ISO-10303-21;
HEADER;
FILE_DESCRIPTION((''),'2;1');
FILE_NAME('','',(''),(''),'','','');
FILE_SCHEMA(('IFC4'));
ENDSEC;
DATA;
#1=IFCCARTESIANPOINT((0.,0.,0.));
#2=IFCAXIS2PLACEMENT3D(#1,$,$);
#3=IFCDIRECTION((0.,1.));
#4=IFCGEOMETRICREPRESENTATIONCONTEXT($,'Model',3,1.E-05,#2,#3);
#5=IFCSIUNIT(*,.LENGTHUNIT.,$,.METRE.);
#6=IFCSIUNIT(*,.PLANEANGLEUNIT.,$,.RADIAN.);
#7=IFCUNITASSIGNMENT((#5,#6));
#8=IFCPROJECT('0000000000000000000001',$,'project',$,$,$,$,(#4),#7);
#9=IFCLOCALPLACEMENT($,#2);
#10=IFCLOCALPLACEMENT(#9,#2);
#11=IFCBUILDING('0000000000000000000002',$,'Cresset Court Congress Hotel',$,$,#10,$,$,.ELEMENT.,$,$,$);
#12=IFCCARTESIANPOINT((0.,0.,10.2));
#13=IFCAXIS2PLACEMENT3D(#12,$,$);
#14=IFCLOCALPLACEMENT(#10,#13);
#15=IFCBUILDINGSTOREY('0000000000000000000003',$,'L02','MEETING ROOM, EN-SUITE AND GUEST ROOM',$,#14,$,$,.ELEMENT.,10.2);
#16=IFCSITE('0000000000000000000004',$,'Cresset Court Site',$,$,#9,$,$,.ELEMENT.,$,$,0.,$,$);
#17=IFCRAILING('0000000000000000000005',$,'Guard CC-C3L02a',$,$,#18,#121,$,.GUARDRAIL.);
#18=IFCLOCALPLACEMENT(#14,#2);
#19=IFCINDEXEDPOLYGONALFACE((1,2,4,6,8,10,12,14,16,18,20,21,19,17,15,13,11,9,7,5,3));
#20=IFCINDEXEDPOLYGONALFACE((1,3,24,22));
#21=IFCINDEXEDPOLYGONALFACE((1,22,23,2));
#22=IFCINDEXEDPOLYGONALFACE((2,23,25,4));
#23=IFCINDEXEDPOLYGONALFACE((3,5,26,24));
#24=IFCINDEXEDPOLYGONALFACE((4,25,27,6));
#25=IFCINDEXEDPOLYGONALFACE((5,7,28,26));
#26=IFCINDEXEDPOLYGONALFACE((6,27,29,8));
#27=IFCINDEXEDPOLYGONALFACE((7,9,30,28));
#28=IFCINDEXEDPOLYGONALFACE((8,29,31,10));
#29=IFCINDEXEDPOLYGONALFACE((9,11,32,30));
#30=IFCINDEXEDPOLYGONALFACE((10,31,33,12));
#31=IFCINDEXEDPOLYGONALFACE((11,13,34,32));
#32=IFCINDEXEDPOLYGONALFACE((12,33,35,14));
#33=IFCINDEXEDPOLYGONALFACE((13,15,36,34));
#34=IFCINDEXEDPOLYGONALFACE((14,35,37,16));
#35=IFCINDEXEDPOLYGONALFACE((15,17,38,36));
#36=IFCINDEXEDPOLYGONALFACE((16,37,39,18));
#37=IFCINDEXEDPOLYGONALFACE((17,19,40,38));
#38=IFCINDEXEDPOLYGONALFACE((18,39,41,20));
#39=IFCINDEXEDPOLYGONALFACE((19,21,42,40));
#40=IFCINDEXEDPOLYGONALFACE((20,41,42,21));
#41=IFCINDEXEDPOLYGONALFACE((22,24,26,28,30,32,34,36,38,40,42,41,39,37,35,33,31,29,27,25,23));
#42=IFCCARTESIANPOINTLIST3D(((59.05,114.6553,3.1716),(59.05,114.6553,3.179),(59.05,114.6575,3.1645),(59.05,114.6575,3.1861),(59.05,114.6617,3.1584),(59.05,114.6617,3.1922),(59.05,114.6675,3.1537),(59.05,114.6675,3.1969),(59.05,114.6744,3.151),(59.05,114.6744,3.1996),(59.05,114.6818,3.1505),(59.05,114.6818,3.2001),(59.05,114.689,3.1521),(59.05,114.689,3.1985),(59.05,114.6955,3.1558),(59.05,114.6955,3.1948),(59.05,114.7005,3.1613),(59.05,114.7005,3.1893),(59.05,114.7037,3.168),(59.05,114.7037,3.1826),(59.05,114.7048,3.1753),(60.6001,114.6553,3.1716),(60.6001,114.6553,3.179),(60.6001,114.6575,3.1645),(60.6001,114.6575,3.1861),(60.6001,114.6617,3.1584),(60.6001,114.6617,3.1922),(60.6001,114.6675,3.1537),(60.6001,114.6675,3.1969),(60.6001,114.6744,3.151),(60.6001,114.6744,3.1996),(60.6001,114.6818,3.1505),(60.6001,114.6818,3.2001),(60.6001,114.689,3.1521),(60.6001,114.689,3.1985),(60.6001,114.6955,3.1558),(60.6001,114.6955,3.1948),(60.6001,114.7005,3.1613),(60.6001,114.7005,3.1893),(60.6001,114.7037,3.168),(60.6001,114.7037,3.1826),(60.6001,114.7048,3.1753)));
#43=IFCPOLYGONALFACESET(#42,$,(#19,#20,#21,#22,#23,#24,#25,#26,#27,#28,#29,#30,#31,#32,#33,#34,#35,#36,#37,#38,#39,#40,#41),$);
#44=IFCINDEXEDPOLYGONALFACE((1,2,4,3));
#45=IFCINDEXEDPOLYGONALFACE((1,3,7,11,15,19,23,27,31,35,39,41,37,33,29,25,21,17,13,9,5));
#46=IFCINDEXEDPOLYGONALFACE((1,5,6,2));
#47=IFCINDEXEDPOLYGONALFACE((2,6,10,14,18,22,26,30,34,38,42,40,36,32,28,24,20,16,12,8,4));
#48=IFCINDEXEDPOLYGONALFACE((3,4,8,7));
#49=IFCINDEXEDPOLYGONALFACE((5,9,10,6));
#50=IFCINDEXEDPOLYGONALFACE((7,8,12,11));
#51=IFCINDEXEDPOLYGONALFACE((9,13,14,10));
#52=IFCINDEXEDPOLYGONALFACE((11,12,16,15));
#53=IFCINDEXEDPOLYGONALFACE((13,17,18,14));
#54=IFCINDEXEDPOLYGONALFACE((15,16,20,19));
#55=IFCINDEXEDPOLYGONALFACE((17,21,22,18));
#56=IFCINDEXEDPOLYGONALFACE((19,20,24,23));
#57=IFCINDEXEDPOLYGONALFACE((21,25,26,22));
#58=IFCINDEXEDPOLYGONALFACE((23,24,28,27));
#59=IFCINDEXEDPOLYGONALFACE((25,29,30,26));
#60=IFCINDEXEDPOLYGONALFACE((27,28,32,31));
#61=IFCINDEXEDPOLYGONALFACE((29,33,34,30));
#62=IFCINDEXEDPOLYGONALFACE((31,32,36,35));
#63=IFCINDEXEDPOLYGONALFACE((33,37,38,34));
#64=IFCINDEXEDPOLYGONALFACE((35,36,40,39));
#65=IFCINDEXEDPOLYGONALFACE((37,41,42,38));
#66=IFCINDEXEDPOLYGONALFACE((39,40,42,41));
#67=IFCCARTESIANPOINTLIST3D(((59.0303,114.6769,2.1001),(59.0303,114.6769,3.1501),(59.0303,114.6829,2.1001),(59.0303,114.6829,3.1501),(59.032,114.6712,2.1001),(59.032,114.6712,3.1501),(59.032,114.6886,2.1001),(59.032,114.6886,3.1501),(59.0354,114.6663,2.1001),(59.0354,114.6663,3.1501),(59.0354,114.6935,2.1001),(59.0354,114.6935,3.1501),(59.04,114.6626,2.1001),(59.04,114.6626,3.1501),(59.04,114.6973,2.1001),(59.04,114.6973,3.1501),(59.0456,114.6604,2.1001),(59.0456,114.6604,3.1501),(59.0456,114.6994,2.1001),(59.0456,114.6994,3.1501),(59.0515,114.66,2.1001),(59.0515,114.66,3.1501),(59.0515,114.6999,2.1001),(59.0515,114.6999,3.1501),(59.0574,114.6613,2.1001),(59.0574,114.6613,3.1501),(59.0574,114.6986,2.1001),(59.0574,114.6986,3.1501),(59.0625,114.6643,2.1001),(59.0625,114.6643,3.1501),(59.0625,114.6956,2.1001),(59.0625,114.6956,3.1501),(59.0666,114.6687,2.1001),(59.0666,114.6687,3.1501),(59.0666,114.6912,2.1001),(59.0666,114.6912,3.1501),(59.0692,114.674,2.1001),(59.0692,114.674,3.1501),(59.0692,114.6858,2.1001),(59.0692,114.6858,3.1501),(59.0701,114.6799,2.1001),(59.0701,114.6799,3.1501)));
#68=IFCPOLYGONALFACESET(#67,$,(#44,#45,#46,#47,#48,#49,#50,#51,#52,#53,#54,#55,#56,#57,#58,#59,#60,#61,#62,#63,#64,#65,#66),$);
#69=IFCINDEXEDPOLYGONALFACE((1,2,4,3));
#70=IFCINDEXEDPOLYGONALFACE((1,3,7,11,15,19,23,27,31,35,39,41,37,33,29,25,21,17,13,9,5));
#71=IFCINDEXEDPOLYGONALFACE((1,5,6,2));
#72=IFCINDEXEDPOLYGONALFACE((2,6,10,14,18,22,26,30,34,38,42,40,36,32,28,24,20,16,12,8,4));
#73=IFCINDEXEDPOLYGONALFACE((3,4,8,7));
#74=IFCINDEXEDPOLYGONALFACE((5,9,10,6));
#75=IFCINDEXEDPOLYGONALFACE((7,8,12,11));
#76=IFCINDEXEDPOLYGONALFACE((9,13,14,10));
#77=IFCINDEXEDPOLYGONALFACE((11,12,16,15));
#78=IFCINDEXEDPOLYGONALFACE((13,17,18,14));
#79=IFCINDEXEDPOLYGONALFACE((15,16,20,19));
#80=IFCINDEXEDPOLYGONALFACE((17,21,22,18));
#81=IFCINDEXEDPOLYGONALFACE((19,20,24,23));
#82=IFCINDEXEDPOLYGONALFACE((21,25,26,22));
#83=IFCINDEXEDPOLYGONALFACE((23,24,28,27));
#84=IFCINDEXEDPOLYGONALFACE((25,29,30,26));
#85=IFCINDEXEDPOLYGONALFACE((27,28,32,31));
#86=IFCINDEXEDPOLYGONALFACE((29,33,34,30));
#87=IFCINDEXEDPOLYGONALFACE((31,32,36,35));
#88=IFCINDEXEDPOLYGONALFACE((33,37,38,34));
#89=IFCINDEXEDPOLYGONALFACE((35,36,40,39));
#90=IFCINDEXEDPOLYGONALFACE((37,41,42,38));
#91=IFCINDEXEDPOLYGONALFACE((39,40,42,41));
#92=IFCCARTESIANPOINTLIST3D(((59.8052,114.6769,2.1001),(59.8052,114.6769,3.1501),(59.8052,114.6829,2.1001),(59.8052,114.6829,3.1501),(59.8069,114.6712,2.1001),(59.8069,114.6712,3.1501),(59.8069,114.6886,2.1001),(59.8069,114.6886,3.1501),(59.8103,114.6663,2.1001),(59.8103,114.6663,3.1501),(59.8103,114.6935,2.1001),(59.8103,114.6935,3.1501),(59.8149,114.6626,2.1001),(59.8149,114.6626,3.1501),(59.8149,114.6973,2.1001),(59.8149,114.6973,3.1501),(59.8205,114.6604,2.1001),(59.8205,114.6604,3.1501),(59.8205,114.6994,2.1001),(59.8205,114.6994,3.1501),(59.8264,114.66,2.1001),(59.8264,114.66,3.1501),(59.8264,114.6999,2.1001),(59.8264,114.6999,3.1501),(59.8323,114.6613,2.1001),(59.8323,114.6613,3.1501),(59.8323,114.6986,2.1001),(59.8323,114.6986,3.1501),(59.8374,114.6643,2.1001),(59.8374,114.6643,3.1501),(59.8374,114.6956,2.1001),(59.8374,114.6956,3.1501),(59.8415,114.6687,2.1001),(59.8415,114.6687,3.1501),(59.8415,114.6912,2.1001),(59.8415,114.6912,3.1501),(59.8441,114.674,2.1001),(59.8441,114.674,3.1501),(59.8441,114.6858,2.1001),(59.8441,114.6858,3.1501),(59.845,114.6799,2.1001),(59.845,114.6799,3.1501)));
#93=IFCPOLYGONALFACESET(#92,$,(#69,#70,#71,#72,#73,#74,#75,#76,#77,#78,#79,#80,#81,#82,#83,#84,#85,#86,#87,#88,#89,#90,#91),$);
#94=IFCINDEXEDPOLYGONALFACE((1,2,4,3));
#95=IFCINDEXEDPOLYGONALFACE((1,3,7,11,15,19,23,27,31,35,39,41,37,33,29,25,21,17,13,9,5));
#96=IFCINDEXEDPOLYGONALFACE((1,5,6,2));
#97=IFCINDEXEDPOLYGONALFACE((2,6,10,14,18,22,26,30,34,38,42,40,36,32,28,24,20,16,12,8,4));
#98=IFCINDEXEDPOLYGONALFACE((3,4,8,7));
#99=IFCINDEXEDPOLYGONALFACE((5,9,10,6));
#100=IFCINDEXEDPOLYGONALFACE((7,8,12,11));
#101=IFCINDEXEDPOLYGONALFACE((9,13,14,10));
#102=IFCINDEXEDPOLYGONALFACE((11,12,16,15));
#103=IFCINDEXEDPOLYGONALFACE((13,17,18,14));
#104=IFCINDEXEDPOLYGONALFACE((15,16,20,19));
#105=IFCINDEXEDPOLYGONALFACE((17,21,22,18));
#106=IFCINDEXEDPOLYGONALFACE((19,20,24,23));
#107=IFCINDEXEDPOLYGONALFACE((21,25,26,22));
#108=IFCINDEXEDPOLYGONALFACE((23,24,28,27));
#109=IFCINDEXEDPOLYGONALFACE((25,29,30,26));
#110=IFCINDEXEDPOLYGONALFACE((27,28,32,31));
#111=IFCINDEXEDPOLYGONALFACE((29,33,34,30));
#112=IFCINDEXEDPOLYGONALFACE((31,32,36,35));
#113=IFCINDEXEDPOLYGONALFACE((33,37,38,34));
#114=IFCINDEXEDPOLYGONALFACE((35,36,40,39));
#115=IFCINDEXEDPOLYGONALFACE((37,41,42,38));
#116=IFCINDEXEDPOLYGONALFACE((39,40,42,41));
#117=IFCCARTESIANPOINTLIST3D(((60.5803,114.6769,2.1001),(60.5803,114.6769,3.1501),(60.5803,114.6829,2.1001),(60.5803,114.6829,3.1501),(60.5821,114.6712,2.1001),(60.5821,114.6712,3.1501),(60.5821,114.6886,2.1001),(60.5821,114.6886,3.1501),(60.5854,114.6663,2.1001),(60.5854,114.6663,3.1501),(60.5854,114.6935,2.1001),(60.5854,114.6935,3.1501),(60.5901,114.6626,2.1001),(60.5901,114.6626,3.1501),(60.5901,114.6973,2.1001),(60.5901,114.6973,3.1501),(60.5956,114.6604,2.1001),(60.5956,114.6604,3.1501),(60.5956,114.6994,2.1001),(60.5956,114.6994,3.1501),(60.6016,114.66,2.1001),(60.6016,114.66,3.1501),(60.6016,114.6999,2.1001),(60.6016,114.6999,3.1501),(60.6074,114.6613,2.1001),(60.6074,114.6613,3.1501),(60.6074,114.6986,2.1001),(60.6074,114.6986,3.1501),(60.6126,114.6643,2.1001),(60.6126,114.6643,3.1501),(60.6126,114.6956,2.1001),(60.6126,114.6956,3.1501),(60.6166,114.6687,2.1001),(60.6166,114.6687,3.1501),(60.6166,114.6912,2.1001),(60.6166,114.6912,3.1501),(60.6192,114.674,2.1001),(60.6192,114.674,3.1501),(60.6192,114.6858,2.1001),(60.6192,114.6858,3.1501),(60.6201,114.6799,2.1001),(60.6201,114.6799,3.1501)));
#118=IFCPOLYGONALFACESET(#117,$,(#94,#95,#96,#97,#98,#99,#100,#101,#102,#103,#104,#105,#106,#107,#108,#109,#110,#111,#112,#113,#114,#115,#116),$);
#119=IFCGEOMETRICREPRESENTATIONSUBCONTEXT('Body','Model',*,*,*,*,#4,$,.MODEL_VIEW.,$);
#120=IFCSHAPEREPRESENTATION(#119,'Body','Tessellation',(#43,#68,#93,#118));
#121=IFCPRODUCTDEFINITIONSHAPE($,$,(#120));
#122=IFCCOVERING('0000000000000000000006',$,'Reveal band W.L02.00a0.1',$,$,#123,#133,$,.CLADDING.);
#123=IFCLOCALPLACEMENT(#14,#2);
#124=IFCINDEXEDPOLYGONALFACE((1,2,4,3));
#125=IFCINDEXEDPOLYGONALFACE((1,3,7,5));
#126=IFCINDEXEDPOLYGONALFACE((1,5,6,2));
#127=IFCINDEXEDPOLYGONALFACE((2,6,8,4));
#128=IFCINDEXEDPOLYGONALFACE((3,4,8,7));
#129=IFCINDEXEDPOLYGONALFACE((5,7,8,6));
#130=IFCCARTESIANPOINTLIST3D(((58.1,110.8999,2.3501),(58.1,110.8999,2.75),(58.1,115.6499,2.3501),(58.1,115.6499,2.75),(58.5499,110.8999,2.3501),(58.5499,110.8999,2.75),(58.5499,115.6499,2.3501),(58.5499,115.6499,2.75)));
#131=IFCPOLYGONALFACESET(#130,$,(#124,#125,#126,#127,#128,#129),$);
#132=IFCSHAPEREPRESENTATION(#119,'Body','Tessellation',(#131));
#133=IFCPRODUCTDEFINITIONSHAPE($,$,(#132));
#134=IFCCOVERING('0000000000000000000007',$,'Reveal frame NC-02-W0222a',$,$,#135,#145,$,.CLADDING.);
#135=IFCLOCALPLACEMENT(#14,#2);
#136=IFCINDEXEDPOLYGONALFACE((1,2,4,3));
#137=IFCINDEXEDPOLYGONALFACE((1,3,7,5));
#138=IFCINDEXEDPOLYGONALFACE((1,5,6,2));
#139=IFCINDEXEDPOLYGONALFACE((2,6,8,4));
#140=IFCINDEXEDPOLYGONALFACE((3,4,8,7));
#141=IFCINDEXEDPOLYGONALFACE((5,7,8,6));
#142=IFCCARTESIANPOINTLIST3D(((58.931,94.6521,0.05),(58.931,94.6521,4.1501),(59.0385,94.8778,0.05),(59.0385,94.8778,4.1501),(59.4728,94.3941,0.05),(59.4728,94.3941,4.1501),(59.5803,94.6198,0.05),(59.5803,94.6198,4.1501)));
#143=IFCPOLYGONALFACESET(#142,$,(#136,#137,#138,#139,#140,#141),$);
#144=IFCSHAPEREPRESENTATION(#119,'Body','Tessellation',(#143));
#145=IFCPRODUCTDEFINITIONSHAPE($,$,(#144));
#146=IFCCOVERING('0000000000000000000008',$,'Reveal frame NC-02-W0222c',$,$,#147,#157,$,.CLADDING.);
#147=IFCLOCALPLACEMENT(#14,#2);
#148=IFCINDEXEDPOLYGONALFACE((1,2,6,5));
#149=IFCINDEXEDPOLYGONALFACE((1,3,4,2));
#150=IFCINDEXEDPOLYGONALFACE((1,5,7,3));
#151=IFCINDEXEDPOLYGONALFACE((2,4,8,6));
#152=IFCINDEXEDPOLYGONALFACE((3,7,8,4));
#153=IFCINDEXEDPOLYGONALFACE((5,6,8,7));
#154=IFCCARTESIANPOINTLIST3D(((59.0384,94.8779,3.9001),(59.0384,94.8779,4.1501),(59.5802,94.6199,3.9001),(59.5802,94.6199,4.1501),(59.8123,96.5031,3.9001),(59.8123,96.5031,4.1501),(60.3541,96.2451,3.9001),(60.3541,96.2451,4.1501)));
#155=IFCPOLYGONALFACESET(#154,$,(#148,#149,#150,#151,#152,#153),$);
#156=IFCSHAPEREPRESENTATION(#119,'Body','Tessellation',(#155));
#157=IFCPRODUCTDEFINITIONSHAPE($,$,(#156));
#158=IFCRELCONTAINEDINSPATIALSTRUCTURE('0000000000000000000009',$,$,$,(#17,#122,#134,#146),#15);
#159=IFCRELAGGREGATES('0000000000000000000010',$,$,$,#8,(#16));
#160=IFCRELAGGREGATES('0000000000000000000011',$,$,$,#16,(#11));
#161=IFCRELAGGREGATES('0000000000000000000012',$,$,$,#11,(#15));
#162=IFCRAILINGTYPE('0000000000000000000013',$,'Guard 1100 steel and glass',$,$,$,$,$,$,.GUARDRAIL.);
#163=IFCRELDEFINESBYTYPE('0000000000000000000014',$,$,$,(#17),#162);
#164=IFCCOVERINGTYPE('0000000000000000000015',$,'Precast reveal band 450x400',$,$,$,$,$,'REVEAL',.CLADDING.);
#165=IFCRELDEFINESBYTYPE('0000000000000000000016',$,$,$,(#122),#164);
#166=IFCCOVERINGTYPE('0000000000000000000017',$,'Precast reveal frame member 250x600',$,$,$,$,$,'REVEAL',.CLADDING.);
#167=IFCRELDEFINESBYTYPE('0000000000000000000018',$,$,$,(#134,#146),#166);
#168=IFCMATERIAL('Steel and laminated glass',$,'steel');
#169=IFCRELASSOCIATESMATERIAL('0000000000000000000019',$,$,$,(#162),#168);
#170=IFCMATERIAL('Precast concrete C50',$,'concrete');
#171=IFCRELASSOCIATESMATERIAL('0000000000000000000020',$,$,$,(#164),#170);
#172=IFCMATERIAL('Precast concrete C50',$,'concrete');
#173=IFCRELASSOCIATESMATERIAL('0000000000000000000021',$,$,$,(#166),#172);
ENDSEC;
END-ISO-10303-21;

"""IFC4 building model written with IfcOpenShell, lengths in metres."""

from ifc_helpers import new_model, si_unit, direction, frame, origin, origin_2d, place, context, subcontext, project, spatial, rectangle, circle, extrude, material, type_object, element, save


model = new_model("IFC4")

# Units and contexts
model_context = context("Model", 3, precision=1e-05, world=origin(), true_north=direction((0.0, 1.0)))
body_context = subcontext(model_context, "Body", "Model", "MODEL_VIEW")
ifc_project = project(units=[si_unit("LENGTHUNIT", "METRE"), si_unit("PLANEANGLEUNIT", "RADIAN")], contexts=[model_context])

# Site, building, storey
site_placement = place(None, origin())
site = spatial("IfcSite", under=ifc_project, at=site_placement, Name="Cresset Court Site", CompositionType="ELEMENT", RefElevation=0.0)
building_placement = place(site_placement, origin())
building = spatial("IfcBuilding", under=site, at=building_placement, Name="Cresset Court Congress Hotel", CompositionType="ELEMENT")
storey_placement = place(building_placement, frame((0.0, 0.0, 10.2)))
storey = spatial("IfcBuildingStorey", under=building, at=storey_placement, Name="L02", Description="MEETING ROOM, EN-SUITE AND GUEST ROOM", CompositionType="ELEMENT", Elevation=10.2)

# Railing
ifc_material_1 = material(Name="Steel and laminated glass", Category="steel")
railing_type = type_object("IfcRailingType", Name="Guard 1100 steel and glass", PredefinedType="GUARDRAIL", material=ifc_material_1)
for number, where, name in (
    (1, (59.05, 114.6799, 2.1001), "Guard CC-C3L02a"),
):
    element("IfcRailing", number, at=place(storey_placement, frame(where)), inside=storey, type_object=railing_type, Name=name, PredefinedType="GUARDRAIL", context=body_context, shape_type="SweptSolid", body=[
        extrude(circle(Radius=0.0249, at=origin_2d()), frame((0.0, 0.0, 1.0752), z_axis=(1.0, 0.0, 0.0), x_axis=(0.0, 1.0, 0.0)), (0.0, 0.0, 1.0), 1.55),
        extrude(circle(Radius=0.02, at=origin_2d()), origin(), (0.0, 0.0, 1.0), 1.05),
        extrude(circle(Radius=0.02, at=origin_2d()), frame((0.7749, 0.0, 0.0)), (0.0, 0.0, 1.0), 1.05),
        extrude(circle(Radius=0.02, at=origin_2d()), frame((1.55, 0.0, 0.0)), (0.0, 0.0, 1.0), 1.05),
    ])

# Coverings
ifc_material_2 = material(Name="Precast concrete C50", Category="concrete")
covering_type_1 = type_object("IfcCoveringType", Name="Precast reveal band 450x400", ElementType="REVEAL", PredefinedType="CLADDING", material=ifc_material_2)
covering_1_placement = place(storey_placement, frame((58.325, 113.2749, 2.3501), z_axis=(0.0, 0.0, 1.0), x_axis=(0.0, 1.0, 0.0)))
element("IfcCovering", 2, at=covering_1_placement, inside=storey, type_object=covering_type_1, Name="Reveal band W.L02.00a0.1", PredefinedType="CLADDING", context=body_context, shape_type="SweptSolid", body=[
    extrude(rectangle(XDim=4.75, YDim=0.45, at=origin_2d()), origin(), (0.0, 0.0, 1.0), 0.3999),
])
ifc_material_3 = material(Name="Precast concrete C50", Category="concrete")
covering_type_2 = type_object("IfcCoveringType", Name="Precast reveal frame member 250x600", ElementType="REVEAL", PredefinedType="CLADDING", material=ifc_material_3)
covering_2_placement = place(storey_placement, frame((59.2556, 94.636, 0.05), z_axis=(0.0, 0.0, 1.0), x_axis=(0.429933, 0.902861, 0.0)))
element("IfcCovering", 3, at=covering_2_placement, inside=storey, type_object=covering_type_2, Name="Reveal frame NC-02-W0222a", PredefinedType="CLADDING", context=body_context, shape_type="SweptSolid", body=[
    extrude(rectangle(XDim=0.25, YDim=0.6001, at=origin_2d()), origin(), (0.0, 0.0, 1.0), 4.1001),
])
covering_3_placement = place(storey_placement, frame((59.6963, 95.5615, 3.9001), z_axis=(0.0, 0.0, 1.0), x_axis=(0.429933, 0.902861, 0.0)))
element("IfcCovering", 4, at=covering_3_placement, inside=storey, type_object=covering_type_2, Name="Reveal frame NC-02-W0222c", PredefinedType="CLADDING", context=body_context, shape_type="SweptSolid", body=[
    extrude(rectangle(XDim=1.8, YDim=0.6001, at=origin_2d()), origin(), (0.0, 0.0, 1.0), 0.25),
])

save(model, "model.ifc")
